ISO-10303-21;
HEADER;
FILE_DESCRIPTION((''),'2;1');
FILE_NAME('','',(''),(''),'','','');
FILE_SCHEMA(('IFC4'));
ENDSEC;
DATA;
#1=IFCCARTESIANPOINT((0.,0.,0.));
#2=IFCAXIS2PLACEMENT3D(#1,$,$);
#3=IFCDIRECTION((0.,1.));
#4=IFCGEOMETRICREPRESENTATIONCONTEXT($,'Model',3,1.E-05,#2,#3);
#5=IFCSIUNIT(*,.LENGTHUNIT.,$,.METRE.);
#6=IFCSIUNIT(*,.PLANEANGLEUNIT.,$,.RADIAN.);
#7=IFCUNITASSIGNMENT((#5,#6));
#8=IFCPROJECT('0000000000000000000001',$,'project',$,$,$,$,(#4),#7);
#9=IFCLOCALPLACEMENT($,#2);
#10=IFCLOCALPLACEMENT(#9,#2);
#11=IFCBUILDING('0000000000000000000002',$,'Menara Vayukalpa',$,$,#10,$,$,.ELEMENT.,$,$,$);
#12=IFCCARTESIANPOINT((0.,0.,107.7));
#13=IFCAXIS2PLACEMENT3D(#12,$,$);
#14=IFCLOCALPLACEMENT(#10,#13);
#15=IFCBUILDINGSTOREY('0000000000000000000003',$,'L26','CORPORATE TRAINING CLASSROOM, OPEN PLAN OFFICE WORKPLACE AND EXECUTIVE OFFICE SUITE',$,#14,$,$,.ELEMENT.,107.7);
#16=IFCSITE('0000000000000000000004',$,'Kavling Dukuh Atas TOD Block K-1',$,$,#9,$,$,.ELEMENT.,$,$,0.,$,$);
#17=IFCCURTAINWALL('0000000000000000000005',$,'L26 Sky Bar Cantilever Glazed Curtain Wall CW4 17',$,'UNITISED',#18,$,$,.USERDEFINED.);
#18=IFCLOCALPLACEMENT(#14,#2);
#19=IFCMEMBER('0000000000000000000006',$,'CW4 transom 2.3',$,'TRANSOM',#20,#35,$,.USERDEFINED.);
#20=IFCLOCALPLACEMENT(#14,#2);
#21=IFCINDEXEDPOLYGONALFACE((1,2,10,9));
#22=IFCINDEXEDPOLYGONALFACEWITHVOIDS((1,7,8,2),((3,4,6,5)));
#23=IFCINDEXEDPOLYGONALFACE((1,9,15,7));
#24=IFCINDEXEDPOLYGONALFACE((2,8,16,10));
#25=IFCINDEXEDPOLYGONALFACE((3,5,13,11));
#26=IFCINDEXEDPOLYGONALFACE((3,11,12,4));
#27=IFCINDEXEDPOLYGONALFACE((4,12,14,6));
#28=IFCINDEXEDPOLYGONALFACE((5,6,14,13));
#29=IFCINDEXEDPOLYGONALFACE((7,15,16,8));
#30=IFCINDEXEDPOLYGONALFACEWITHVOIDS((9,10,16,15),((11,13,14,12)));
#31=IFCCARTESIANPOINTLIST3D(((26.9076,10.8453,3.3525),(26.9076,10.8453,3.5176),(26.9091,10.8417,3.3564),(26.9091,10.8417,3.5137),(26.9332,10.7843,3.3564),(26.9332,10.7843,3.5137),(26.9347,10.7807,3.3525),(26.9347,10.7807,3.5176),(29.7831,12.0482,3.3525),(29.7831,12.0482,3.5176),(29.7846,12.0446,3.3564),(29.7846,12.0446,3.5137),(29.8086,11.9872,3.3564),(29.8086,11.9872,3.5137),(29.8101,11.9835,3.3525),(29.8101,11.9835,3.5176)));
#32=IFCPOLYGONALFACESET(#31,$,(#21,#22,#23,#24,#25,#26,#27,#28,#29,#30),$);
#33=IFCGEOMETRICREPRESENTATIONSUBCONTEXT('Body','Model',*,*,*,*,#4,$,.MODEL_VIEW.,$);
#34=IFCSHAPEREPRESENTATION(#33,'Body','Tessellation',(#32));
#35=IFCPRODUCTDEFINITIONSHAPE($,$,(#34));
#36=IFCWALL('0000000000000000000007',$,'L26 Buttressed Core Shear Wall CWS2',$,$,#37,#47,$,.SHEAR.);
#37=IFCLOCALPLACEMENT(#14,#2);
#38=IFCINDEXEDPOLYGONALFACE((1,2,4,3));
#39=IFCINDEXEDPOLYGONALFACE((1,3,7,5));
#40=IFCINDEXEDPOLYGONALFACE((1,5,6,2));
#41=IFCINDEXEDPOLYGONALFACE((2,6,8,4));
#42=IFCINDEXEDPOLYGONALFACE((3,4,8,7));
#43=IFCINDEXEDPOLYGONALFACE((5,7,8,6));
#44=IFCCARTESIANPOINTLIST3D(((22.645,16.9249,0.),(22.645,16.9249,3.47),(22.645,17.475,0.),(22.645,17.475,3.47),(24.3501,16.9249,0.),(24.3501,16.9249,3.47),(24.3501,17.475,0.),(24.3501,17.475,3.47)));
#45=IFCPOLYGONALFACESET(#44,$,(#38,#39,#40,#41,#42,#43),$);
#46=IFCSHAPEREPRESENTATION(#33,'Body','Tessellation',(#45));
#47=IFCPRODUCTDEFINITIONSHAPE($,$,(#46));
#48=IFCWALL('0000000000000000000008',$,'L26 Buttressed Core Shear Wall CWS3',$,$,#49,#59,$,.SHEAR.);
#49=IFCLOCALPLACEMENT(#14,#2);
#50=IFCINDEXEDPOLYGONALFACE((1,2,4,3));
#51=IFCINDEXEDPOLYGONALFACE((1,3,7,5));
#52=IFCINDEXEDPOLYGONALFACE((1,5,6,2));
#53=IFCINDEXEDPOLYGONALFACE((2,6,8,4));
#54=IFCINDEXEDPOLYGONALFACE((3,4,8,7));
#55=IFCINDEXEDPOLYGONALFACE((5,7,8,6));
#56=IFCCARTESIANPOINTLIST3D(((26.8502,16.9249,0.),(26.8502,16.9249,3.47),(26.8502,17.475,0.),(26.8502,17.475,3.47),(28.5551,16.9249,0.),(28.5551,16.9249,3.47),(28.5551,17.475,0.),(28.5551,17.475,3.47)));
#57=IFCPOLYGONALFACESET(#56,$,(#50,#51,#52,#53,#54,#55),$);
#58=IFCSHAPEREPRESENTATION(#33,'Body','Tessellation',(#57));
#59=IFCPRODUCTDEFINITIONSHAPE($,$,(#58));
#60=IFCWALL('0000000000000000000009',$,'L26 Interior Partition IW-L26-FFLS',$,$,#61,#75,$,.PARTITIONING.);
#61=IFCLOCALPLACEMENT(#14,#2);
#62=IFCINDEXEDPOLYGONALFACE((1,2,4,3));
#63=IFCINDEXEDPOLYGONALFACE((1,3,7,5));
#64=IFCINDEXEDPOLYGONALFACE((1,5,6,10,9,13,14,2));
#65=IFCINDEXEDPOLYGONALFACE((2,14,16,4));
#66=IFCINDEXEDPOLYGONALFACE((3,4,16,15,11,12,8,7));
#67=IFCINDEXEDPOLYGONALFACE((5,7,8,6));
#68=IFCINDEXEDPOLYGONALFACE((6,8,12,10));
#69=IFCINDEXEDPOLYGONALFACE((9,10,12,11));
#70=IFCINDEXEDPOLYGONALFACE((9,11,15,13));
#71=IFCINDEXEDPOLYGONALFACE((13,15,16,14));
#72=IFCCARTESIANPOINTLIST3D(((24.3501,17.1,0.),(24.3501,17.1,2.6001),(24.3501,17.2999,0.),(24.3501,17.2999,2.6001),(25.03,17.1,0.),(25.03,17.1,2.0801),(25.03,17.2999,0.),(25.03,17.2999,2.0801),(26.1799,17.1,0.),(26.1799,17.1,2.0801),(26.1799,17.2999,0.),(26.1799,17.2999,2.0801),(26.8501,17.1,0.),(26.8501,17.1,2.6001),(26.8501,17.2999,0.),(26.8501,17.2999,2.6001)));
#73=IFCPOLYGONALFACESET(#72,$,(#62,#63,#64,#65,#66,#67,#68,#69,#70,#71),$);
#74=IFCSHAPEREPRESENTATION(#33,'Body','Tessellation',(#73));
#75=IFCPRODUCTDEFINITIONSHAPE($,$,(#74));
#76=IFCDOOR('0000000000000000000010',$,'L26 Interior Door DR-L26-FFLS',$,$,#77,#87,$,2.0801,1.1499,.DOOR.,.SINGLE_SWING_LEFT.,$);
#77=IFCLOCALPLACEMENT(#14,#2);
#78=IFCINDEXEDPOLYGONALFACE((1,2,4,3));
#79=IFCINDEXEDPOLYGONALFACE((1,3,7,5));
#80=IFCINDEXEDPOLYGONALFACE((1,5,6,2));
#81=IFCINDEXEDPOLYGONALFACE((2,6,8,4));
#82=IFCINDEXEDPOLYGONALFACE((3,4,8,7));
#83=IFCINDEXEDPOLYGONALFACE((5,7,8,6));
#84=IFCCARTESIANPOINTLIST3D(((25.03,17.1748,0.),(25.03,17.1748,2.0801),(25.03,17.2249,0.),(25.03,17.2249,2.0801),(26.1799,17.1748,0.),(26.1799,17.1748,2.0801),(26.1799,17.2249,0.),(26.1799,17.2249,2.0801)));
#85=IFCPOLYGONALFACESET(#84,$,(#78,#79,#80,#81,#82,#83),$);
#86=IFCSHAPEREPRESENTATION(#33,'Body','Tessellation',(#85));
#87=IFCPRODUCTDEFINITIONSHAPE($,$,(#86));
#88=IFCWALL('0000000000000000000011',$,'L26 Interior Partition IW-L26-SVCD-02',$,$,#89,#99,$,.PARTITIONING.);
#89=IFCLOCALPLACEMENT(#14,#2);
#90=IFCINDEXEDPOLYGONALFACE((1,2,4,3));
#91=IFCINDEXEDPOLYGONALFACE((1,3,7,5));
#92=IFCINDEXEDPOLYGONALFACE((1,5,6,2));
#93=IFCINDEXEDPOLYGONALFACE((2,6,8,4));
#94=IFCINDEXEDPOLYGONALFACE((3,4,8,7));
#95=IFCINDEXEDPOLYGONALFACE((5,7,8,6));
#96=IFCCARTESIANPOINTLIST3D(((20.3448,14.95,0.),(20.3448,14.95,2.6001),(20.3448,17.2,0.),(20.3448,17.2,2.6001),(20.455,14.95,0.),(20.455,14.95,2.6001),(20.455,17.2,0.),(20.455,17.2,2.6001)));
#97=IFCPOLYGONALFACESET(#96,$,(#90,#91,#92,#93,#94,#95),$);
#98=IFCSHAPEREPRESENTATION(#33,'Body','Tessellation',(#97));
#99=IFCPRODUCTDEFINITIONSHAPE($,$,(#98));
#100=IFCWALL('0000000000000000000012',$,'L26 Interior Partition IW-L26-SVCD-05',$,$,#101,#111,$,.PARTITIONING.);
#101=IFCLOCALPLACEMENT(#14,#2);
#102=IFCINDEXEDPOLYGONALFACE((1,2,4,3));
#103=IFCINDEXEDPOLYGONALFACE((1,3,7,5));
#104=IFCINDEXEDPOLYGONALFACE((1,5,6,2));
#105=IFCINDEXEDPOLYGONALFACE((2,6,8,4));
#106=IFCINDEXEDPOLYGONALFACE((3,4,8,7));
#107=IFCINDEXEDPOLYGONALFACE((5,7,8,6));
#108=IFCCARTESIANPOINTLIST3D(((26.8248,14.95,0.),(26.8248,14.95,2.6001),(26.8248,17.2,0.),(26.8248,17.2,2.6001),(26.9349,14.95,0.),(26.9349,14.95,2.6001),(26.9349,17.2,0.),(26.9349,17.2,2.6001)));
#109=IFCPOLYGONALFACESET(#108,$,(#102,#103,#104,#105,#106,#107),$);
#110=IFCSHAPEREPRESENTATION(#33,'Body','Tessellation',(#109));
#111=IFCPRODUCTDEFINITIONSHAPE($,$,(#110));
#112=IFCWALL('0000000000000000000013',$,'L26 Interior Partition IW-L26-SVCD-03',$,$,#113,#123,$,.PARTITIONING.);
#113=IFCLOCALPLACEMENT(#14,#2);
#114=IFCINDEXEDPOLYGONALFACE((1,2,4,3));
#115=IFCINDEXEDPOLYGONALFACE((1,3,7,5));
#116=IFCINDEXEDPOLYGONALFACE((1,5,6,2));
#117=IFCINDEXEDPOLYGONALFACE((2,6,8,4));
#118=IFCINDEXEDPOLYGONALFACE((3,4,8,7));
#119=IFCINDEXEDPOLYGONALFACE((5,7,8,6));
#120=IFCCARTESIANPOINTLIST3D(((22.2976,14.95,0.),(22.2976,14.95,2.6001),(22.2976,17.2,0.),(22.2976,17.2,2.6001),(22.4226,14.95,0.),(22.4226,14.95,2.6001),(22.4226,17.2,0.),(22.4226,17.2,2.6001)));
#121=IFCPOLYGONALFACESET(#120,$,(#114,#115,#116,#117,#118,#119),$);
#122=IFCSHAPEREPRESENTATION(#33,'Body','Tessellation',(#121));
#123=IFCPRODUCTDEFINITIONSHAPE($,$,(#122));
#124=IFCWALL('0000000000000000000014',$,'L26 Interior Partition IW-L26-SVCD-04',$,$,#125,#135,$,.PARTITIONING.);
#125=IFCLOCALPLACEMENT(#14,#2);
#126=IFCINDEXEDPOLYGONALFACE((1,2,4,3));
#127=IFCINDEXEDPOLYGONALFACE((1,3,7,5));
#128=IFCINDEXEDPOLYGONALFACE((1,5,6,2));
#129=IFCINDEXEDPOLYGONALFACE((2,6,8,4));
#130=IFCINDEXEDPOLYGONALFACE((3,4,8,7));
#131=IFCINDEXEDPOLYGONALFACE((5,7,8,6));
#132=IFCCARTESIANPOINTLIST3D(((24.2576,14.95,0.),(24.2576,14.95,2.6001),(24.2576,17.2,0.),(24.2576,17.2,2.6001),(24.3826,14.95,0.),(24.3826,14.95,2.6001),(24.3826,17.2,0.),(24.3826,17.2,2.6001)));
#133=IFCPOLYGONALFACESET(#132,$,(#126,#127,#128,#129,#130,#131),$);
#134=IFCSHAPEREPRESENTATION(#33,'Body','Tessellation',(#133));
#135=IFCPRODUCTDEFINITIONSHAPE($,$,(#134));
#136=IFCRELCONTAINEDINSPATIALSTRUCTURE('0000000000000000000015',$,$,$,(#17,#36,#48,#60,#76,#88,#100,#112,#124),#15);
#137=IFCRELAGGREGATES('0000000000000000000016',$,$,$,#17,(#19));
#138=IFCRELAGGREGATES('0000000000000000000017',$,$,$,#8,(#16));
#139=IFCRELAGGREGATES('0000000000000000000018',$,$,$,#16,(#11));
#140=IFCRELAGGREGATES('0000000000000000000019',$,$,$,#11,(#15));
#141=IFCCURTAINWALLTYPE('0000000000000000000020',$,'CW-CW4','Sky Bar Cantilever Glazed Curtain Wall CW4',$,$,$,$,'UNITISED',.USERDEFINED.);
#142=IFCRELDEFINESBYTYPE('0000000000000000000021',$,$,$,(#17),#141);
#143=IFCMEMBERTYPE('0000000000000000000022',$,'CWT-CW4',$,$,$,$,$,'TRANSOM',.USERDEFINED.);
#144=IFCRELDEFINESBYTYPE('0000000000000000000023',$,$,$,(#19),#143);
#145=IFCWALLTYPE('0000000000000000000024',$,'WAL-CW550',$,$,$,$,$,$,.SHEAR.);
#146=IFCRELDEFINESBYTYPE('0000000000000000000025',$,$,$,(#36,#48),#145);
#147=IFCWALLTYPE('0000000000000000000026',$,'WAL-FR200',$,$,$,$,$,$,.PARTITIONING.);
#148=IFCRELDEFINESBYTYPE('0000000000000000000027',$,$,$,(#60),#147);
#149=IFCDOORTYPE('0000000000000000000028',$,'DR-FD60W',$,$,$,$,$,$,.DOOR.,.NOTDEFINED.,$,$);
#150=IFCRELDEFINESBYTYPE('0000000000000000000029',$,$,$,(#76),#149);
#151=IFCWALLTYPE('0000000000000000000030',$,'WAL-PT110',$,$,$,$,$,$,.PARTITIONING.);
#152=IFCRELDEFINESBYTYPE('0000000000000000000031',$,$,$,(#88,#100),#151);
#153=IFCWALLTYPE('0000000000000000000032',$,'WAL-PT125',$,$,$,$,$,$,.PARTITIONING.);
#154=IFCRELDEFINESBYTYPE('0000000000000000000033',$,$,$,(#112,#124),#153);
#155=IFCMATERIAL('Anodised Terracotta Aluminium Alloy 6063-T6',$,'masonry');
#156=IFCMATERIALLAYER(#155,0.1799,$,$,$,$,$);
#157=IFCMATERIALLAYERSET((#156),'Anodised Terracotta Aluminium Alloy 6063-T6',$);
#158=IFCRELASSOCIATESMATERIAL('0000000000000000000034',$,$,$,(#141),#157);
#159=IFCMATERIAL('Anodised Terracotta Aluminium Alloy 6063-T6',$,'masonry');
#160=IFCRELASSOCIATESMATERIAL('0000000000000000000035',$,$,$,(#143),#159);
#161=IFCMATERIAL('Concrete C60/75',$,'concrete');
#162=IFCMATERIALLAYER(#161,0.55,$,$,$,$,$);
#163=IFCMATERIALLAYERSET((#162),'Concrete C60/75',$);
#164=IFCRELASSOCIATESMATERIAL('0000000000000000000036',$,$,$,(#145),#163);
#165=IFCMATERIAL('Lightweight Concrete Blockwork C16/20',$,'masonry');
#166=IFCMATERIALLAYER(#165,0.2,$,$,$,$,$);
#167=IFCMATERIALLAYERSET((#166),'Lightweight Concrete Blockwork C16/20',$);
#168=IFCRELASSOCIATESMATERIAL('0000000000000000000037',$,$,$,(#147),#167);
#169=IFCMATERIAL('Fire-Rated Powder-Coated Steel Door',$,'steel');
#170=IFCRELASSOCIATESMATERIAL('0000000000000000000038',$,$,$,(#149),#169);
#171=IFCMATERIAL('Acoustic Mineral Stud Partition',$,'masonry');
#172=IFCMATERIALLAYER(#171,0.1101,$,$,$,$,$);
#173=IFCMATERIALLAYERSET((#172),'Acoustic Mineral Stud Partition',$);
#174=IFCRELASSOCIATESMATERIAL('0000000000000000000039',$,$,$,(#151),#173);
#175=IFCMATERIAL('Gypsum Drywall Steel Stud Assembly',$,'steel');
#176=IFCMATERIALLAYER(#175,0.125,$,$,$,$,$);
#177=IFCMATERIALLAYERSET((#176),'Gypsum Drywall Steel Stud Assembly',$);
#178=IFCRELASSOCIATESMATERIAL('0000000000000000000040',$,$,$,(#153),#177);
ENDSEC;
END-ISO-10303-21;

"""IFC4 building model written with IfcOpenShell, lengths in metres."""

from ifc_helpers import new_model, si_unit, direction, frame, frame_2d, origin, origin_2d, place, context, subcontext, project, spatial, rectangle, hollow_rectangle, extrude, material, layer, layer_set, material_profile, profile_set, type_object, element, fill, aggregate, save


model = new_model("IFC4")

# Units and contexts
model_context = context("Model", 3, precision=1e-05, world=origin(), true_north=direction((0.0, 1.0)))
body_context = subcontext(model_context, "Body", "Model", "MODEL_VIEW")
ifc_project = project(units=[si_unit("LENGTHUNIT", "METRE"), si_unit("PLANEANGLEUNIT", "RADIAN")], contexts=[model_context])

# Site, building, storey
site_placement = place(None, origin())
site = spatial("IfcSite", under=ifc_project, at=site_placement, Name="Kavling Dukuh Atas TOD Block K-1", CompositionType="ELEMENT", RefElevation=0.0)
building_placement = place(site_placement, origin())
building = spatial("IfcBuilding", under=site, at=building_placement, Name="Menara Vayukalpa", CompositionType="ELEMENT")
storey_placement = place(building_placement, frame((0.0, 0.0, 107.7)))
storey = spatial("IfcBuildingStorey", under=building, at=storey_placement, Name="L26", Description="CORPORATE TRAINING CLASSROOM, OPEN PLAN OFFICE WORKPLACE AND EXECUTIVE OFFICE SUITE", CompositionType="ELEMENT", Elevation=107.7)

# Curtain wall, member
ifc_material_1 = material(Name="Anodised Terracotta Aluminium Alloy 6063-T6", Category="masonry")
ifc_layer_1 = layer(ifc_material_1, 0.1799)
ifc_layer_set_1 = layer_set([ifc_layer_1], Name="Anodised Terracotta Aluminium Alloy 6063-T6")
curtain_wall_type = type_object("IfcCurtainWallType", Name="CW-CW4", Description="Sky Bar Cantilever Glazed Curtain Wall CW4", ElementType="UNITISED", PredefinedType="USERDEFINED", material=ifc_layer_set_1)
curtain_wall_placement = place(storey_placement, origin())
curtain_wall = element("IfcCurtainWall", 1, at=curtain_wall_placement, inside=storey, type_object=curtain_wall_type, Name="L26 Sky Bar Cantilever Glazed Curtain Wall CW4 17", ObjectType="UNITISED", PredefinedType="USERDEFINED")
ifc_material_2 = material(Name="Anodised Terracotta Aluminium Alloy 6063-T6", Category="masonry")
ifc_material_profile_1 = material_profile(ifc_material_2, hollow_rectangle(XDim=0.0701, YDim=0.165, WallThickness=0.0039, at=origin_2d()), Name="ALU 70x165x4")
ifc_profile_set_1 = profile_set([ifc_material_profile_1], Name="Anodised Terracotta Aluminium Alloy 6063-T6")
member_type = type_object("IfcMemberType", Name="CWT-CW4", ElementType="TRANSOM", PredefinedType="USERDEFINED", material=ifc_profile_set_1)
member_1_placement = place(storey_placement, frame((26.9211, 10.813, 3.4351), z_axis=(0.922534, 0.385916, 0.0), x_axis=(-0.385916, 0.922534, 0.0)))
member_1 = element("IfcMember", 2, at=member_1_placement, type_object=member_type, Name="CW4 transom 2.3", ObjectType="TRANSOM", PredefinedType="USERDEFINED", context=body_context, shape_type="SweptSolid", body=[
    extrude(hollow_rectangle(XDim=0.0701, YDim=0.165, WallThickness=0.0039, at=origin_2d()), origin(), (0.0, 0.0, 1.0), 3.1169),
])
aggregate(curtain_wall, [member_1])

# Walls
ifc_material_3 = material(Name="Concrete C60/75", Category="concrete")
ifc_layer_2 = layer(ifc_material_3, 0.55)
ifc_layer_set_2 = layer_set([ifc_layer_2], Name="Concrete C60/75")
wall_type_1 = type_object("IfcWallType", Name="WAL-CW550", PredefinedType="SHEAR", material=ifc_layer_set_2)
wall_1_placement = place(storey_placement, frame((22.645, 17.2, 0.0), z_axis=(0.0, 0.0, 1.0), x_axis=(1.0, 0.0, 0.0)))
element("IfcWall", 3, at=wall_1_placement, inside=storey, type_object=wall_type_1, Name="L26 Buttressed Core Shear Wall CWS2", PredefinedType="SHEAR", context=body_context, shape_type="SweptSolid", body=[
    extrude(rectangle(XDim=1.7051, YDim=0.55, at=frame_2d((0.8525, 0.0))), origin(), (0.0, 0.0, 1.0), 3.47),
])
wall_2_placement = place(storey_placement, frame((26.8501, 17.2, 0.0), z_axis=(0.0, 0.0, 1.0), x_axis=(1.0, 0.0, 0.0)))
element("IfcWall", 4, at=wall_2_placement, inside=storey, type_object=wall_type_1, Name="L26 Buttressed Core Shear Wall CWS3", PredefinedType="SHEAR", context=body_context, shape_type="SweptSolid", body=[
    extrude(rectangle(XDim=1.7048, YDim=0.55, at=frame_2d((0.8525, 0.0))), origin(), (0.0, 0.0, 1.0), 3.47),
])

# Wall, opening, door
ifc_material_4 = material(Name="Lightweight Concrete Blockwork C16/20", Category="masonry")
ifc_layer_3 = layer(ifc_material_4, 0.2)
ifc_layer_set_3 = layer_set([ifc_layer_3], Name="Lightweight Concrete Blockwork C16/20")
wall_type_2 = type_object("IfcWallType", Name="WAL-FR200", PredefinedType="PARTITIONING", material=ifc_layer_set_3)
wall_3_placement = place(storey_placement, frame((24.3501, 17.2, 0.0), z_axis=(0.0, 0.0, 1.0), x_axis=(1.0, 0.0, 0.0)))
wall_3 = element("IfcWall", 5, at=wall_3_placement, inside=storey, type_object=wall_type_2, Name="L26 Interior Partition IW-L26-FFLS", PredefinedType="PARTITIONING", context=body_context, shape_type="SweptSolid", body=[
    extrude(rectangle(XDim=2.5, YDim=0.2, at=frame_2d((1.25, 0.0))), origin(), (0.0, 0.0, 1.0), 2.6001),
])
opening_1_placement = place(wall_3_placement, frame((0.6799, 0.0, 0.0)))
opening_1 = element("IfcOpeningElement", 6, at=opening_1_placement, cuts=wall_3, PredefinedType="OPENING", context=body_context, shape_type="SweptSolid", body=[
    extrude(rectangle(XDim=1.1499, YDim=2.0801, at=frame_2d((0.575, 1.04))), frame((0.0, 0.1099, 0.0), z_axis=(0.0, -1.0, 0.0), x_axis=(1.0, 0.0, 0.0)), (0.0, 0.0, 1.0), 0.22),
])
ifc_material_5 = material(Name="Fire-Rated Powder-Coated Steel Door", Category="steel")
door_type_1 = type_object("IfcDoorType", Name="DR-FD60W", OperationType="NOTDEFINED", PredefinedType="DOOR", material=ifc_material_5)
door_1_placement = place(opening_1_placement, origin())
door_1 = element("IfcDoor", 7, at=door_1_placement, inside=storey, type_object=door_type_1, Name="L26 Interior Door DR-L26-FFLS", OperationType="SINGLE_SWING_LEFT", OverallHeight=2.0801, OverallWidth=1.1499, PredefinedType="DOOR", context=body_context, shape_type="SweptSolid", body=[
    extrude(rectangle(XDim=1.1499, YDim=2.0801, at=frame_2d((0.575, 1.04))), frame((0.0, 0.0249, 0.0), z_axis=(0.0, -1.0, 0.0), x_axis=(1.0, 0.0, 0.0)), (0.0, 0.0, 1.0), 0.05),
])
fill(opening_1, door_1)

# Walls
ifc_material_6 = material(Name="Acoustic Mineral Stud Partition", Category="masonry")
ifc_layer_4 = layer(ifc_material_6, 0.1101)
ifc_layer_set_4 = layer_set([ifc_layer_4], Name="Acoustic Mineral Stud Partition")
wall_type_3 = type_object("IfcWallType", Name="WAL-PT110", PredefinedType="PARTITIONING", material=ifc_layer_set_4)
for number, where, z_axis, x_axis, name in (
    (8, (20.3999, 14.95, 0.0), (0.0, 0.0, 1.0), (0.0, 1.0, 0.0), "L26 Interior Partition IW-L26-SVCD-02"),
    (9, (26.8799, 14.95, 0.0), (0.0, 0.0, 1.0), (0.0, 1.0, 0.0), "L26 Interior Partition IW-L26-SVCD-05"),
):
    element("IfcWall", number, at=place(storey_placement, frame(where, z_axis=z_axis, x_axis=x_axis)), inside=storey, type_object=wall_type_3, Name=name, PredefinedType="PARTITIONING", context=body_context, shape_type="SweptSolid", body=[
        extrude(rectangle(XDim=2.25, YDim=0.1101, at=frame_2d((1.125, 0.0))), origin(), (0.0, 0.0, 1.0), 2.6001),
    ])
ifc_material_7 = material(Name="Gypsum Drywall Steel Stud Assembly", Category="steel")
ifc_layer_5 = layer(ifc_material_7, 0.125)
ifc_layer_set_5 = layer_set([ifc_layer_5], Name="Gypsum Drywall Steel Stud Assembly")
wall_type_4 = type_object("IfcWallType", Name="WAL-PT125", PredefinedType="PARTITIONING", material=ifc_layer_set_5)
for number, where, z_axis, x_axis, name in (
    (10, (22.3601, 14.95, 0.0), (0.0, 0.0, 1.0), (0.0, 1.0, 0.0), "L26 Interior Partition IW-L26-SVCD-03"),
    (11, (24.3201, 14.95, 0.0), (0.0, 0.0, 1.0), (0.0, 1.0, 0.0), "L26 Interior Partition IW-L26-SVCD-04"),
):
    element("IfcWall", number, at=place(storey_placement, frame(where, z_axis=z_axis, x_axis=x_axis)), inside=storey, type_object=wall_type_4, Name=name, PredefinedType="PARTITIONING", context=body_context, shape_type="SweptSolid", body=[
        extrude(rectangle(XDim=2.25, YDim=0.125, at=frame_2d((1.125, 0.0))), origin(), (0.0, 0.0, 1.0), 2.6001),
    ])

save(model, "model.ifc")
